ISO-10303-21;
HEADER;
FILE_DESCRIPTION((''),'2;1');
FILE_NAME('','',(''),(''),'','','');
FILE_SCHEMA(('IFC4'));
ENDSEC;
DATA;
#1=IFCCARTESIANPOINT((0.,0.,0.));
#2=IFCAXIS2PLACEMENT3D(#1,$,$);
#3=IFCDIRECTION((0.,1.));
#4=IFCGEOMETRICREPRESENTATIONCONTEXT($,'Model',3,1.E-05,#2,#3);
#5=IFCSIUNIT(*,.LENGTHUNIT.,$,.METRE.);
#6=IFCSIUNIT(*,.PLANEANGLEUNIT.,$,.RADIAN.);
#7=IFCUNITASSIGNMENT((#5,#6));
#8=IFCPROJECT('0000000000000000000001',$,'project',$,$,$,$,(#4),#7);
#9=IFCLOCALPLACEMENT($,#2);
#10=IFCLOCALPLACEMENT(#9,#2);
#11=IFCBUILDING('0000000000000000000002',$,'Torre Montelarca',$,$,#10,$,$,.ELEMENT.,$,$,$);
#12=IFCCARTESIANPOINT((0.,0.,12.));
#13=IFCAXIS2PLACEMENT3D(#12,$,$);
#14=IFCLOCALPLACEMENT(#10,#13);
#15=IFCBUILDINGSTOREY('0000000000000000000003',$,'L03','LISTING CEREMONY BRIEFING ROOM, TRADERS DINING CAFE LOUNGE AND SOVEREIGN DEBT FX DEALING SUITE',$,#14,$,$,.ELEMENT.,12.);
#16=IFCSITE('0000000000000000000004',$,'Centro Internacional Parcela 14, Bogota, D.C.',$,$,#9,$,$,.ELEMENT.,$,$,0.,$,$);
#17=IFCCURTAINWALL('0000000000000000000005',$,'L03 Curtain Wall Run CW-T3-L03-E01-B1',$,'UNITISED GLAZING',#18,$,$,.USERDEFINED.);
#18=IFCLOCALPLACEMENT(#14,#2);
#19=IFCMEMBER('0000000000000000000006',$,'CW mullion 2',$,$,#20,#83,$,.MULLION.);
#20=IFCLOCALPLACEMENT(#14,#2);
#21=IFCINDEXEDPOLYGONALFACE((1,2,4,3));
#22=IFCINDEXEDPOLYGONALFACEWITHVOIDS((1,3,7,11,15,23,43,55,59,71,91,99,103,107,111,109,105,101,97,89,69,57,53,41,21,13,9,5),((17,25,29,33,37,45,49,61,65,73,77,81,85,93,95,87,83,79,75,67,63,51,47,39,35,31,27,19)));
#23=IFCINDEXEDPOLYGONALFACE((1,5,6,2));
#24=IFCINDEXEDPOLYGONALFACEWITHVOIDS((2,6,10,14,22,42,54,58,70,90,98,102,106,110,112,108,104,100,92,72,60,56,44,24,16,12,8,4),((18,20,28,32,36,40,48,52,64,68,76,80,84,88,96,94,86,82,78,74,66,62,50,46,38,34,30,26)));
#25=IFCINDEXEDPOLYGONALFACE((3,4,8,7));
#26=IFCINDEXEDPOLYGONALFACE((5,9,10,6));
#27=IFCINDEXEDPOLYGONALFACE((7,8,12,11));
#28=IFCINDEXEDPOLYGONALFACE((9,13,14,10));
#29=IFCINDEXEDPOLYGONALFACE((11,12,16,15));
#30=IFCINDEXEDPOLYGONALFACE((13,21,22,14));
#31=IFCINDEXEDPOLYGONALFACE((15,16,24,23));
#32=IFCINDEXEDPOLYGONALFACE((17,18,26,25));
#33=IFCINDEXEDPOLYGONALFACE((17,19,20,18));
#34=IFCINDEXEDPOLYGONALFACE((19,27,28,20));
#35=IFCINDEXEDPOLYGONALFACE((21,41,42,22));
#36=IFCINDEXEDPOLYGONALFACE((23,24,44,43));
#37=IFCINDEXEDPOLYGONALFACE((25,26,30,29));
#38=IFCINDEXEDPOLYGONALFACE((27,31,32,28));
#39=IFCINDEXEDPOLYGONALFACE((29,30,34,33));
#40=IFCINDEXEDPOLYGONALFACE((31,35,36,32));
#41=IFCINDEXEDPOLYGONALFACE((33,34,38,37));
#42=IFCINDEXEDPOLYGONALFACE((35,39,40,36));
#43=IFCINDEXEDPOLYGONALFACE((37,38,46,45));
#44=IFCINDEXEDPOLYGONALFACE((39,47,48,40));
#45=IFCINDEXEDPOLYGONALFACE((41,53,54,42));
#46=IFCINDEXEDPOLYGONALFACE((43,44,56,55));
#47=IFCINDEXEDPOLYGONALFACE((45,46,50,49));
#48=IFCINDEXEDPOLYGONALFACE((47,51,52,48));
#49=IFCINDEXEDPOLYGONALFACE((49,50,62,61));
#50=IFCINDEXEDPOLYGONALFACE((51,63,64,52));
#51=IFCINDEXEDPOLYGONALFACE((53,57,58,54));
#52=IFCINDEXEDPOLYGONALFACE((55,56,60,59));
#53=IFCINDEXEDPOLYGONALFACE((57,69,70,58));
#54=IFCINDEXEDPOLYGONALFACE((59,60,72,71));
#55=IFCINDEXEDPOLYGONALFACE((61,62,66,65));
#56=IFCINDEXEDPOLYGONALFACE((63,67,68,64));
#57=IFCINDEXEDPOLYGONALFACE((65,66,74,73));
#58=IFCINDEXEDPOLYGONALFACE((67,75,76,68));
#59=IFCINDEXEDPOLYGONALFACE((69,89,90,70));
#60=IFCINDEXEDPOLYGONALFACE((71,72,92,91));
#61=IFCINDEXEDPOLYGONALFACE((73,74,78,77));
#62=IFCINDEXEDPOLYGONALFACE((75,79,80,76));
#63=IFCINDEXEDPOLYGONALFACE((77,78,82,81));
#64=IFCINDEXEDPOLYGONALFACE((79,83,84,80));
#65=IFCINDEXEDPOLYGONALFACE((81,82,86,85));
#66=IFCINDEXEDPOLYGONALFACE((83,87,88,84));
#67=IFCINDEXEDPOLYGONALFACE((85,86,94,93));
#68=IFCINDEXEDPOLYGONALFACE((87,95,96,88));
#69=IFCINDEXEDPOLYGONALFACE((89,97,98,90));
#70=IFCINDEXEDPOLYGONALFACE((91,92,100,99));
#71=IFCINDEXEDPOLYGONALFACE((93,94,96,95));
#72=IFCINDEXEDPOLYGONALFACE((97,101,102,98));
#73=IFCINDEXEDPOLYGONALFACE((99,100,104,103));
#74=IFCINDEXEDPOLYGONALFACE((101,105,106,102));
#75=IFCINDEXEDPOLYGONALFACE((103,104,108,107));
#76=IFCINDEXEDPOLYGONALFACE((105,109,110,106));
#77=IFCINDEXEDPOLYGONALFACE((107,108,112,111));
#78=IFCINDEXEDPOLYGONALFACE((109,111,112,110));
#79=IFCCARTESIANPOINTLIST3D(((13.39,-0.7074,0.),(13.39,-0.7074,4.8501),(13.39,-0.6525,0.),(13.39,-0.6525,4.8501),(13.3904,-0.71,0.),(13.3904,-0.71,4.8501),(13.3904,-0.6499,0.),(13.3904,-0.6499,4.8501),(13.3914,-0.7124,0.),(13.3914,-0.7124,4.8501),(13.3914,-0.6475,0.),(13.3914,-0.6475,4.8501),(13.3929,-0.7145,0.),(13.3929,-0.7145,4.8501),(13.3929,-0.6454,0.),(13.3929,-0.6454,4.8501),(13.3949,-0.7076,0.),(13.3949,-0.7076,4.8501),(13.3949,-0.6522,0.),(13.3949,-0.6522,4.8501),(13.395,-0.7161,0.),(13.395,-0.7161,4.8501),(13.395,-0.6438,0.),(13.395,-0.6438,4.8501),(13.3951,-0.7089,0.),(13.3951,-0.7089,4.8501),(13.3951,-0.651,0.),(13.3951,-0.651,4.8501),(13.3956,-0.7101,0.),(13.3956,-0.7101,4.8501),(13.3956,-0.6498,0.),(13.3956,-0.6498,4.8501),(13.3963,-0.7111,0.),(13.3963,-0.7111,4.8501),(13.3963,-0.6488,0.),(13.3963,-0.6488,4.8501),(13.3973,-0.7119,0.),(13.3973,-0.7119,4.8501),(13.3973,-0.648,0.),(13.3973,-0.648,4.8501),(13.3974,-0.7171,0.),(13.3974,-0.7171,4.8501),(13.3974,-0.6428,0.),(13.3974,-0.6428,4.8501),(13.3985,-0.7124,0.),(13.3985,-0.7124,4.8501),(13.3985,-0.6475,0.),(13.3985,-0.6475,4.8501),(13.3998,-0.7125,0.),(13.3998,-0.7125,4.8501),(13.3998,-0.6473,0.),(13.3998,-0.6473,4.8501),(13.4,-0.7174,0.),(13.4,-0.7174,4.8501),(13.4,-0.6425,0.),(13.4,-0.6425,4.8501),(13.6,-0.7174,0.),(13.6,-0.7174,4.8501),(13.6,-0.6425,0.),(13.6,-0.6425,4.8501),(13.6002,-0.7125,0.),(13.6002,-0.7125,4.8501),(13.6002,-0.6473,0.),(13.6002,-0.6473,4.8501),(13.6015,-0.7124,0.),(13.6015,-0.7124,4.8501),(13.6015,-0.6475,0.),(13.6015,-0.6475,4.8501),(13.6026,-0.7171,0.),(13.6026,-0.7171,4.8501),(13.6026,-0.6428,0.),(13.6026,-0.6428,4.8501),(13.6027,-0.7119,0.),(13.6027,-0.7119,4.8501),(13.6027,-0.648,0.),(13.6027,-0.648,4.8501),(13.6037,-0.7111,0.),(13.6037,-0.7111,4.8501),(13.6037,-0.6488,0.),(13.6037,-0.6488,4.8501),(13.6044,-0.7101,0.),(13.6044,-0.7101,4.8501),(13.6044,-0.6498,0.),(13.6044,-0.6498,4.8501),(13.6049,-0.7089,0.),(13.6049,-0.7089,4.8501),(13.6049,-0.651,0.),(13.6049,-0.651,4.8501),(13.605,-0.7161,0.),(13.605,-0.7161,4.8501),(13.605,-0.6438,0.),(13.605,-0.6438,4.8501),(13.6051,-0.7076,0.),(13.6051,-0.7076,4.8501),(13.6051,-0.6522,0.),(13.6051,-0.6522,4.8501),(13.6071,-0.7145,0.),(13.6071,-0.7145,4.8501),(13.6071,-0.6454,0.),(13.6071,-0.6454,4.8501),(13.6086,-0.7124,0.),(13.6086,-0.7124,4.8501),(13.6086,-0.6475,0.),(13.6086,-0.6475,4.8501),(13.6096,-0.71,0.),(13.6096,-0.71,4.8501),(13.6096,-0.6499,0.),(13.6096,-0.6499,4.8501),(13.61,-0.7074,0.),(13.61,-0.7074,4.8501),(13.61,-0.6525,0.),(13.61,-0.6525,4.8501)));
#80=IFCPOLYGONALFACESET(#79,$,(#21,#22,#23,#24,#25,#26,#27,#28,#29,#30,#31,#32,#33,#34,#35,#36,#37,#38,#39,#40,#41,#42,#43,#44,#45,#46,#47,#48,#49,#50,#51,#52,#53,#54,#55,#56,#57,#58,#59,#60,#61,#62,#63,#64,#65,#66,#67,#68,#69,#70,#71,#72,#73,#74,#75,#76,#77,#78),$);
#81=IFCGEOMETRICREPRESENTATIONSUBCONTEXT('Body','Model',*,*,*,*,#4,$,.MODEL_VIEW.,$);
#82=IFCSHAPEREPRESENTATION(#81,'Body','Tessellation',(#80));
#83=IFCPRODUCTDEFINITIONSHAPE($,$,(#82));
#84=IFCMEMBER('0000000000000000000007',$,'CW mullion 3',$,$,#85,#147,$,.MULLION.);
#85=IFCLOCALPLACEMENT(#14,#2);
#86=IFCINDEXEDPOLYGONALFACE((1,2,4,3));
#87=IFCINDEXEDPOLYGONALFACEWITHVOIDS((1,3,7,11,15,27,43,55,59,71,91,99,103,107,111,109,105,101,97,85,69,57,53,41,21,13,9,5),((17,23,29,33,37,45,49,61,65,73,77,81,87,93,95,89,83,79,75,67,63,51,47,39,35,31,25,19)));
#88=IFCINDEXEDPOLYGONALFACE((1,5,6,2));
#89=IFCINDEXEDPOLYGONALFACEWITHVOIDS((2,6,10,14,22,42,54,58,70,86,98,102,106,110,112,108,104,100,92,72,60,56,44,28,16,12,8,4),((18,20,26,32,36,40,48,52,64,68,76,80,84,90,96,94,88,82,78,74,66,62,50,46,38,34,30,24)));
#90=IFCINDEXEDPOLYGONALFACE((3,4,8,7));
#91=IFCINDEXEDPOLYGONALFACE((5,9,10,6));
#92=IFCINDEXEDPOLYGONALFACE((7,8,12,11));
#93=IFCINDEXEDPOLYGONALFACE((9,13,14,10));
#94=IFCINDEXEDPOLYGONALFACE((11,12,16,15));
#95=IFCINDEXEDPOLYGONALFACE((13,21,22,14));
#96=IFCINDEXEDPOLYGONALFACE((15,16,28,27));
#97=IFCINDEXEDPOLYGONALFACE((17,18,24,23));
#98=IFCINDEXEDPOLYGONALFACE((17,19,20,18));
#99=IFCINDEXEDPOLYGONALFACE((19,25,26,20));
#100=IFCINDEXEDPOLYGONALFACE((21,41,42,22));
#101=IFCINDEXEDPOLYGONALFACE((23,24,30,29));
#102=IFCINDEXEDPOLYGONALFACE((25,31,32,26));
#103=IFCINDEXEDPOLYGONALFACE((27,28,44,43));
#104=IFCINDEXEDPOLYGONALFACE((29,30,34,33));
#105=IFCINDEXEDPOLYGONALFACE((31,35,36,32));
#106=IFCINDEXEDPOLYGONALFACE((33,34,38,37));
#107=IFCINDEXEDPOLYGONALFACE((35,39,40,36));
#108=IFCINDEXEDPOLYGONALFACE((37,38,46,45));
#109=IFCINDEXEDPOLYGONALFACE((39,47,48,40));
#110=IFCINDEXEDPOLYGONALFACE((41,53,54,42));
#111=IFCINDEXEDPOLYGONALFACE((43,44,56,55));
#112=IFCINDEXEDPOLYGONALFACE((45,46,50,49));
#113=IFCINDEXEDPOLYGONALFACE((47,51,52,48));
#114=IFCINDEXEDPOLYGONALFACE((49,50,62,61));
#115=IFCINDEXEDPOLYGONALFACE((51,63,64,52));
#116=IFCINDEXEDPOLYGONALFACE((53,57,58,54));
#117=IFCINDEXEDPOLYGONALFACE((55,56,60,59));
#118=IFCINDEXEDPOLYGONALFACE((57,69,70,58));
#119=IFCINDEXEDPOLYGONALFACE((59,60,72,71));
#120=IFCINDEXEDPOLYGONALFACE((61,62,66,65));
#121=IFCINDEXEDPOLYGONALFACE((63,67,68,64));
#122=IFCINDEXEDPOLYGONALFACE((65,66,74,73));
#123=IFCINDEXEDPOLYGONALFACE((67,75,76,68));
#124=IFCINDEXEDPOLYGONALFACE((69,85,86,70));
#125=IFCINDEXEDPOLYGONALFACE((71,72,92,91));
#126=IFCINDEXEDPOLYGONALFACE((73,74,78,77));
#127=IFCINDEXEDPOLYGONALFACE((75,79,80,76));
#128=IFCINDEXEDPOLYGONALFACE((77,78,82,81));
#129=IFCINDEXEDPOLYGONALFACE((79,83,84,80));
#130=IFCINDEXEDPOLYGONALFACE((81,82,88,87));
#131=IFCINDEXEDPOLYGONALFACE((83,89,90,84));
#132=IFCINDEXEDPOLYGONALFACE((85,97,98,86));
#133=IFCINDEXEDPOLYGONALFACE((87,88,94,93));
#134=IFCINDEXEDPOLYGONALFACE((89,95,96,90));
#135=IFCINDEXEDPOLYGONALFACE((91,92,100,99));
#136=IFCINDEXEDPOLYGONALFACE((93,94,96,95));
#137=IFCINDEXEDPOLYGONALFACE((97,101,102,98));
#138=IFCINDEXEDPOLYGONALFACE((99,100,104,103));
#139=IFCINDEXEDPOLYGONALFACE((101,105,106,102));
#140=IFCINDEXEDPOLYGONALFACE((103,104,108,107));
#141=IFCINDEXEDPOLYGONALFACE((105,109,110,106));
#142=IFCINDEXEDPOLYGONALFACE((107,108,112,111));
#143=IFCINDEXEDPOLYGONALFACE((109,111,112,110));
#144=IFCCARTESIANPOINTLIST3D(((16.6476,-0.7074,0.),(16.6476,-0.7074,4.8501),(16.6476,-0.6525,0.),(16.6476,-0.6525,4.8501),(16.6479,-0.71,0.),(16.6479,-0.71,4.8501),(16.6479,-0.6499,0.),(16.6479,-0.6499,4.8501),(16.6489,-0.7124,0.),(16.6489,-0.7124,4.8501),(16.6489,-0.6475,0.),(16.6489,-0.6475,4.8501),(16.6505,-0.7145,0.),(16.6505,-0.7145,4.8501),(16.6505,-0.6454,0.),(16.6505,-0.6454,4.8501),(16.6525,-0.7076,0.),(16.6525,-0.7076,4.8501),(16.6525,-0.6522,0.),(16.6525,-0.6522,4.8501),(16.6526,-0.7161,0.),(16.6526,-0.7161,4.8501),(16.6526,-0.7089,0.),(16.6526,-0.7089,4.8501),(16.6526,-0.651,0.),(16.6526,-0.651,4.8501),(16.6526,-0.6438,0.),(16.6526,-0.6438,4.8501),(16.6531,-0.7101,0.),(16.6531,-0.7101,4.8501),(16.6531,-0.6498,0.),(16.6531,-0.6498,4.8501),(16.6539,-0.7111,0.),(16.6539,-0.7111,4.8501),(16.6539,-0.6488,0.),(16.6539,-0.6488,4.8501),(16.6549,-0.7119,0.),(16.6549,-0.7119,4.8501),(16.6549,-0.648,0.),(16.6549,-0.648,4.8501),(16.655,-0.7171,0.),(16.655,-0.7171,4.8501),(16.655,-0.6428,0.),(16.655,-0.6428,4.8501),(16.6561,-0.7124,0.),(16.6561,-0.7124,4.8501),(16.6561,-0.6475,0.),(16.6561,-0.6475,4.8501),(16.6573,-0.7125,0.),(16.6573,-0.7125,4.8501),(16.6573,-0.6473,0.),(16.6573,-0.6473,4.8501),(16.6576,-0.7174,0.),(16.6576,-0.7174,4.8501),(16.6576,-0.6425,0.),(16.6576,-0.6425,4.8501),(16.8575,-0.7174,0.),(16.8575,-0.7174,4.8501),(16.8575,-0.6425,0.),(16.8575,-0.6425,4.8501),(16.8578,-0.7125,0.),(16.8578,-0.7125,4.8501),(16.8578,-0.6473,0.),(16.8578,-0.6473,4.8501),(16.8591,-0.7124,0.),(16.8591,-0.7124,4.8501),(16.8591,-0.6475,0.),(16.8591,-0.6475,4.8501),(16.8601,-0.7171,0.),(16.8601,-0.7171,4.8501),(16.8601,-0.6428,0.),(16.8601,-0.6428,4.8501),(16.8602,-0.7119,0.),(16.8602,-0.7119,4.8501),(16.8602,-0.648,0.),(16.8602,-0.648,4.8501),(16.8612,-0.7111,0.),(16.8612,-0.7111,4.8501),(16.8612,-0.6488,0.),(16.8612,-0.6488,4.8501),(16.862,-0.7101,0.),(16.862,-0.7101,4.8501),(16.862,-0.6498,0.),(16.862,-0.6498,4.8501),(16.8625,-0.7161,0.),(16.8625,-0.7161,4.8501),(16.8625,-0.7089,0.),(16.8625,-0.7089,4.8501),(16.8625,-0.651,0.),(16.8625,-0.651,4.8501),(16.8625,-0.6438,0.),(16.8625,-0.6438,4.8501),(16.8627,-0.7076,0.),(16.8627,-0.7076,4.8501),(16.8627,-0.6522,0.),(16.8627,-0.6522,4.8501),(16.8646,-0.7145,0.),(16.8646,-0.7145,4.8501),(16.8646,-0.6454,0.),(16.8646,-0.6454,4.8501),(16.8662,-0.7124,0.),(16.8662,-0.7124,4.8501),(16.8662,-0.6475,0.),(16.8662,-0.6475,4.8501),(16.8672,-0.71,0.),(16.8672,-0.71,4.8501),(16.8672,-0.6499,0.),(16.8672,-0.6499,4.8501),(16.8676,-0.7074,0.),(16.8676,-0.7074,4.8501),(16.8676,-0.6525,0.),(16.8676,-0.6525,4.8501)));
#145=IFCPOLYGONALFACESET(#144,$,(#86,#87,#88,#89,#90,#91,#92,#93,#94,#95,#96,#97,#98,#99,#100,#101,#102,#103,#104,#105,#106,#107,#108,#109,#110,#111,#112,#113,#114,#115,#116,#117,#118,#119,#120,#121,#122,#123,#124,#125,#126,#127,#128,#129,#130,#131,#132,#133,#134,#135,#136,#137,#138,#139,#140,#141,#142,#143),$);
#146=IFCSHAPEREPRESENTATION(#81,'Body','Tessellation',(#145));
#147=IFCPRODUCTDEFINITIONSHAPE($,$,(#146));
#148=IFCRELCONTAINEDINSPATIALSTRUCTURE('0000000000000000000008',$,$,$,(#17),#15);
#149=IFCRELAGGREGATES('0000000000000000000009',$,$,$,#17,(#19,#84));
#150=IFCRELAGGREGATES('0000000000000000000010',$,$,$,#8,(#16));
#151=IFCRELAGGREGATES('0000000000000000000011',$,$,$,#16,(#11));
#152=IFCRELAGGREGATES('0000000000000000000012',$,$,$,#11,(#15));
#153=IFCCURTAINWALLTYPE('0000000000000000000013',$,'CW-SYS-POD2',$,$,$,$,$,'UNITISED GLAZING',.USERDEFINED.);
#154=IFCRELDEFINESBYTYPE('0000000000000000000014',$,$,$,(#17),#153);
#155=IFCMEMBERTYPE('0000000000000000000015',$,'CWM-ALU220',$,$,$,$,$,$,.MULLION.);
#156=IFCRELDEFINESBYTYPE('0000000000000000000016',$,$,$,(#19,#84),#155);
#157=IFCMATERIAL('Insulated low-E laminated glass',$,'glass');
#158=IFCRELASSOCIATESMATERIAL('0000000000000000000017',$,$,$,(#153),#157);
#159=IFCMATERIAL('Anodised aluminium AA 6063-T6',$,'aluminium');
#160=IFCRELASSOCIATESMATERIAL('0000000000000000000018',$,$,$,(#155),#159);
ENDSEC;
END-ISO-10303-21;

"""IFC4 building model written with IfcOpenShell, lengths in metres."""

from ifc_helpers import new_model, si_unit, direction, frame, origin, origin_2d, place, context, subcontext, project, spatial, hollow_rectangle, extrude, source, transform, mapped, material, material_profile, profile_set, type_object, element, aggregate, save


model = new_model("IFC4")

# Units and contexts
model_context = context("Model", 3, precision=1e-05, world=origin(), true_north=direction((0.0, 1.0)))
body_context = subcontext(model_context, "Body", "Model", "MODEL_VIEW")
ifc_project = project(units=[si_unit("LENGTHUNIT", "METRE"), si_unit("PLANEANGLEUNIT", "RADIAN")], contexts=[model_context])

# Site, building, storey
site_placement = place(None, origin())
site = spatial("IfcSite", under=ifc_project, at=site_placement, Name="Centro Internacional Parcela 14, Bogota, D.C.", CompositionType="ELEMENT", RefElevation=0.0)
building_placement = place(site_placement, origin())
building = spatial("IfcBuilding", under=site, at=building_placement, Name="Torre Montelarca", CompositionType="ELEMENT")
storey_placement = place(building_placement, frame((0.0, 0.0, 12.0)))
storey = spatial("IfcBuildingStorey", under=building, at=storey_placement, Name="L03", Description="LISTING CEREMONY BRIEFING ROOM, TRADERS DINING CAFE LOUNGE AND SOVEREIGN DEBT FX DEALING SUITE", CompositionType="ELEMENT", Elevation=12.0)

# Curtain wall
ifc_material_1 = material(Name="Insulated low-E laminated glass", Category="glass")
curtain_wall_type = type_object("IfcCurtainWallType", Name="CW-SYS-POD2", ElementType="UNITISED GLAZING", PredefinedType="USERDEFINED", material=ifc_material_1)
curtain_wall_1_placement = place(storey_placement, origin())
curtain_wall_1 = element("IfcCurtainWall", 1, at=curtain_wall_1_placement, inside=storey, type_object=curtain_wall_type, Name="L03 Curtain Wall Run CW-T3-L03-E01-B1", ObjectType="UNITISED GLAZING", PredefinedType="USERDEFINED")
ifc_material_2 = material(Name="Anodised aluminium AA 6063-T6", Category="aluminium")

# Members
ifc_material_profile_1 = material_profile(ifc_material_2, hollow_rectangle(XDim=0.075, YDim=0.22, WallThickness=0.0049, InnerFilletRadius=0.0049, OuterFilletRadius=0.01, at=origin_2d()), Name="ALU75X220X5", Category="aluminium")
ifc_profile_set_1 = profile_set([ifc_material_profile_1], Name="Anodised aluminium AA 6063-T6")
member_type_1 = type_object("IfcMemberType", Name="CWM-ALU220", PredefinedType="MULLION", material=ifc_profile_set_1)
shared_shape_1 = source(origin(), body_context, "Body", "SweptSolid", [
    extrude(hollow_rectangle(XDim=0.075, YDim=0.22, WallThickness=0.0049, InnerFilletRadius=0.0049, OuterFilletRadius=0.01, at=origin_2d()), origin(), (0.0, 0.0, 1.0), 4.8501),
])
member_1_placement = place(storey_placement, frame((13.5, -0.6799, 0.0), z_axis=(0.0, 0.0, 1.0), x_axis=(0.0, 1.0, 0.0)))
member_1 = element("IfcMember", 2, at=member_1_placement, type_object=member_type_1, Name="CW mullion 2", PredefinedType="MULLION", context=body_context, shape_type="MappedRepresentation", body=[
    mapped(shared_shape_1, transform((0.0, 0.0, 0.0), scale=1.0)),
])
member_2_placement = place(storey_placement, frame((16.7576, -0.6799, 0.0), z_axis=(0.0, 0.0, 1.0), x_axis=(0.0, 1.0, 0.0)))
member_2 = element("IfcMember", 3, at=member_2_placement, type_object=member_type_1, Name="CW mullion 3", PredefinedType="MULLION", context=body_context, shape_type="MappedRepresentation", body=[
    mapped(shared_shape_1, transform((0.0, 0.0, 0.0), scale=1.0)),
])

aggregate(curtain_wall_1, [member_1, member_2])

save(model, "model.ifc")
